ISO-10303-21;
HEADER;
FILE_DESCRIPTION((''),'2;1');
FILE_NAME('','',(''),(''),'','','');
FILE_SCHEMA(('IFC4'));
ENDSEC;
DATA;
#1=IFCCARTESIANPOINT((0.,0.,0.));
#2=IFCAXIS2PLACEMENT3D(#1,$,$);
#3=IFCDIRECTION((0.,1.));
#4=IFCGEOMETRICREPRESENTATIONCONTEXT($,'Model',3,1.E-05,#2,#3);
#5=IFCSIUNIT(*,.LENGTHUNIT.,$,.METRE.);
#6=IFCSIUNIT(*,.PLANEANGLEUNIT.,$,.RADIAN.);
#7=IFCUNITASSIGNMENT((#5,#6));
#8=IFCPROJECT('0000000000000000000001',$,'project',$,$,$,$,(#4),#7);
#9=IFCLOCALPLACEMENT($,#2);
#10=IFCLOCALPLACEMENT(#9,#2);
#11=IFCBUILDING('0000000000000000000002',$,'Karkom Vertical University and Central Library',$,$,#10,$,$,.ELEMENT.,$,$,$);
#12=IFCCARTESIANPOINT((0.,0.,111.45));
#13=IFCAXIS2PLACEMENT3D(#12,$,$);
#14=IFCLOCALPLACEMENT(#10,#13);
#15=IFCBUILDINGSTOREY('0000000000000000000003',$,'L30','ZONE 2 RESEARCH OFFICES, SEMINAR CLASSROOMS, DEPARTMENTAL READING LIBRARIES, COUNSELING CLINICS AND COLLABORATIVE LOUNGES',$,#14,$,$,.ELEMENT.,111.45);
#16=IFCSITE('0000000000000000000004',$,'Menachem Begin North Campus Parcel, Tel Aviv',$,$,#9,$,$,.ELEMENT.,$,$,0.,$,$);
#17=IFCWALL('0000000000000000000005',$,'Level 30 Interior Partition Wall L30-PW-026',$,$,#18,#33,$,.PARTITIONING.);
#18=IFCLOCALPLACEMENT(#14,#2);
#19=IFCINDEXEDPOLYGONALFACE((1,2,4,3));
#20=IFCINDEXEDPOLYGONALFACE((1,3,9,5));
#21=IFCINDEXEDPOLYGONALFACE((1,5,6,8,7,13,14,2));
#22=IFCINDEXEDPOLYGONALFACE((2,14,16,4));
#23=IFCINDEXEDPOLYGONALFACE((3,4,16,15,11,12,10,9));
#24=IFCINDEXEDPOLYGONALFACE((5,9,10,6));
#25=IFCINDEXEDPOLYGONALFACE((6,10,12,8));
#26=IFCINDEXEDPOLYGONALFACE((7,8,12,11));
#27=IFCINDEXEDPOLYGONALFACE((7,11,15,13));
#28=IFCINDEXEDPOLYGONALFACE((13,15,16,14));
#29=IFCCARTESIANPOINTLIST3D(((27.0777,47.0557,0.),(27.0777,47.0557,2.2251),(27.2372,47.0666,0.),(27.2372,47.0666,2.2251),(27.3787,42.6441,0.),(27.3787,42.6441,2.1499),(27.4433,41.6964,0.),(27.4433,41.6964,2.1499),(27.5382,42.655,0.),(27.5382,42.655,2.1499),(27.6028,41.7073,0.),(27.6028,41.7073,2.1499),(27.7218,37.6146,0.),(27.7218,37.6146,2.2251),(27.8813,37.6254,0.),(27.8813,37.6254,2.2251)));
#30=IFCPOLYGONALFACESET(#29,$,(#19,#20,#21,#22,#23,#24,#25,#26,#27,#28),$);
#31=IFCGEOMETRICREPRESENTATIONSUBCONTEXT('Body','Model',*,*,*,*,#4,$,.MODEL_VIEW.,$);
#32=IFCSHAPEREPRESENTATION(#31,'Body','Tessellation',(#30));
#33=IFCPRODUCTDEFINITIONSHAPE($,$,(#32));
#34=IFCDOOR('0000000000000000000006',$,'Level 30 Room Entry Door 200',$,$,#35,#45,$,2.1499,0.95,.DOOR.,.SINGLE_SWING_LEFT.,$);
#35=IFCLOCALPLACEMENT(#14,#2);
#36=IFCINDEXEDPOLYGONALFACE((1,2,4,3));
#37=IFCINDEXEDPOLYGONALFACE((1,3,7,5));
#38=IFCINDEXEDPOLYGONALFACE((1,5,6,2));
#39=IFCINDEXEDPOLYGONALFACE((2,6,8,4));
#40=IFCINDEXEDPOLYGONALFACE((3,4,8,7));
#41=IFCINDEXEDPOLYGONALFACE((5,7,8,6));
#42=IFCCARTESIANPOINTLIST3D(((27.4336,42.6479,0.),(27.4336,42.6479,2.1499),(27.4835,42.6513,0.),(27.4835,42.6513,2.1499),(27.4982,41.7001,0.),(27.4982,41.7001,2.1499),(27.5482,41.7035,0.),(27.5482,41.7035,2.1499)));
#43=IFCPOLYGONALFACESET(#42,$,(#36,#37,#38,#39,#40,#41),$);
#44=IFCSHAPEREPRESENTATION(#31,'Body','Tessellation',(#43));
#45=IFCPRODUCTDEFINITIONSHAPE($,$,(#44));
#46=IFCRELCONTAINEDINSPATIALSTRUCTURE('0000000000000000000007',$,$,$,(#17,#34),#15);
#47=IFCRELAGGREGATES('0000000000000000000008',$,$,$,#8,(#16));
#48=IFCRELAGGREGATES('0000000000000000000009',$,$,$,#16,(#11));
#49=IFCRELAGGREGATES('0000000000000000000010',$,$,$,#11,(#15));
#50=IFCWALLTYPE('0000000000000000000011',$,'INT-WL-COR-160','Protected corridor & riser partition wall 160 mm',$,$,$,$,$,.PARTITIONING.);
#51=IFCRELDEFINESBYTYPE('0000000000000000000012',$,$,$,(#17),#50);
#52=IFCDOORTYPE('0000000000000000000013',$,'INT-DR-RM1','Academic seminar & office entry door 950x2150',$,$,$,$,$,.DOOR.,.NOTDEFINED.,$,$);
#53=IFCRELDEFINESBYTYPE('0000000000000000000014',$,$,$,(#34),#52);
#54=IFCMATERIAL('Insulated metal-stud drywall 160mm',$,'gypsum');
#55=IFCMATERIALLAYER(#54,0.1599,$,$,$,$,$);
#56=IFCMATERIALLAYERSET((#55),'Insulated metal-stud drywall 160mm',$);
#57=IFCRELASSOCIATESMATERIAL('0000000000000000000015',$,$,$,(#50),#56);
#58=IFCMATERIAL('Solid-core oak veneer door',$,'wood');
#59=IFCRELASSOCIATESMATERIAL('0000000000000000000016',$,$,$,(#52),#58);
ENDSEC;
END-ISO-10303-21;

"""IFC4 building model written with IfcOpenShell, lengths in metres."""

from ifc_helpers import new_model, si_unit, direction, frame, frame_2d, origin, origin_with_axes, place, context, subcontext, project, spatial, rectangle, extrude, source, transform, mapped, material, layer, layer_set, type_object, element, fill, save


model = new_model("IFC4")

# Units and contexts
model_context = context("Model", 3, precision=1e-05, world=origin(), true_north=direction((0.0, 1.0)))
body_context = subcontext(model_context, "Body", "Model", "MODEL_VIEW")
ifc_project = project(units=[si_unit("LENGTHUNIT", "METRE"), si_unit("PLANEANGLEUNIT", "RADIAN")], contexts=[model_context])

# Site, building, storey
site_placement = place(None, origin())
site = spatial("IfcSite", under=ifc_project, at=site_placement, Name="Menachem Begin North Campus Parcel, Tel Aviv", CompositionType="ELEMENT", RefElevation=0.0)
building_placement = place(site_placement, origin())
building = spatial("IfcBuilding", under=site, at=building_placement, Name="Karkom Vertical University and Central Library", CompositionType="ELEMENT")
storey_placement = place(building_placement, frame((0.0, 0.0, 111.45)))
storey = spatial("IfcBuildingStorey", under=building, at=storey_placement, Name="L30", Description="ZONE 2 RESEARCH OFFICES, SEMINAR CLASSROOMS, DEPARTMENTAL READING LIBRARIES, COUNSELING CLINICS AND COLLABORATIVE LOUNGES", CompositionType="ELEMENT", Elevation=111.45)

# Shared definitions
ifc_material_1 = material(Name="Insulated metal-stud drywall 160mm", Category="gypsum")
ifc_layer_1 = layer(ifc_material_1, 0.1599)
ifc_layer_set_1 = layer_set([ifc_layer_1], Name="Insulated metal-stud drywall 160mm")
wall_type_1 = type_object("IfcWallType", Name="INT-WL-COR-160", Description="Protected corridor & riser partition wall 160 mm", PredefinedType="PARTITIONING", material=ifc_layer_set_1)

# Wall, opening, door
wall_1_placement = place(storey_placement, frame((27.8015, 37.6201, 0.0), z_axis=(0.0, 0.0, 1.0), x_axis=(-0.068058, 0.997681, 0.0)))
wall_1 = element("IfcWall", 1, at=wall_1_placement, inside=storey, type_object=wall_type_1, Name="Level 30 Interior Partition Wall L30-PW-026", PredefinedType="PARTITIONING", context=body_context, shape_type="SweptSolid", body=[
    extrude(rectangle(XDim=9.4631, YDim=0.1599, at=frame_2d((4.7314, 0.0))), origin(), (0.0, 0.0, 1.0), 2.2251),
])
opening_1_placement = place(wall_1_placement, frame((4.0911, 0.0, 0.0)))
opening_1 = element("IfcOpeningElement", 2, at=opening_1_placement, cuts=wall_1, PredefinedType="OPENING", context=body_context, shape_type="SweptSolid", body=[
    extrude(rectangle(XDim=0.95, YDim=2.1499, at=frame_2d((0.4751, 1.075))), frame((0.0, 0.0898, 0.0), z_axis=(0.0, -1.0, 0.0), x_axis=(1.0, 0.0, 0.0)), (0.0, 0.0, 1.0), 0.1799),
])
ifc_material_2 = material(Name="Solid-core oak veneer door", Category="wood")
door_type = type_object("IfcDoorType", Name="INT-DR-RM1", Description="Academic seminar & office entry door 950x2150", OperationType="NOTDEFINED", PredefinedType="DOOR", material=ifc_material_2)
shared_shape_1 = source(origin_with_axes(), body_context, "Body", "SweptSolid", [
    extrude(rectangle(XDim=0.95, YDim=2.1499, at=frame_2d((0.4751, 1.075))), frame((0.0, 0.0249, 0.0), z_axis=(0.0, -1.0, 0.0), x_axis=(1.0, 0.0, 0.0)), (0.0, 0.0, 1.0), 0.05),
])
door_placement = place(opening_1_placement, origin())
door = element("IfcDoor", 3, at=door_placement, inside=storey, type_object=door_type, Name="Level 30 Room Entry Door 200", OperationType="SINGLE_SWING_LEFT", OverallHeight=2.1499, OverallWidth=0.95, PredefinedType="DOOR", context=body_context, shape_type="MappedRepresentation", body=[
    mapped(shared_shape_1, transform((0.0, 0.0, 0.0), scale=1.0)),
])
fill(opening_1, door)

save(model, "model.ifc")
